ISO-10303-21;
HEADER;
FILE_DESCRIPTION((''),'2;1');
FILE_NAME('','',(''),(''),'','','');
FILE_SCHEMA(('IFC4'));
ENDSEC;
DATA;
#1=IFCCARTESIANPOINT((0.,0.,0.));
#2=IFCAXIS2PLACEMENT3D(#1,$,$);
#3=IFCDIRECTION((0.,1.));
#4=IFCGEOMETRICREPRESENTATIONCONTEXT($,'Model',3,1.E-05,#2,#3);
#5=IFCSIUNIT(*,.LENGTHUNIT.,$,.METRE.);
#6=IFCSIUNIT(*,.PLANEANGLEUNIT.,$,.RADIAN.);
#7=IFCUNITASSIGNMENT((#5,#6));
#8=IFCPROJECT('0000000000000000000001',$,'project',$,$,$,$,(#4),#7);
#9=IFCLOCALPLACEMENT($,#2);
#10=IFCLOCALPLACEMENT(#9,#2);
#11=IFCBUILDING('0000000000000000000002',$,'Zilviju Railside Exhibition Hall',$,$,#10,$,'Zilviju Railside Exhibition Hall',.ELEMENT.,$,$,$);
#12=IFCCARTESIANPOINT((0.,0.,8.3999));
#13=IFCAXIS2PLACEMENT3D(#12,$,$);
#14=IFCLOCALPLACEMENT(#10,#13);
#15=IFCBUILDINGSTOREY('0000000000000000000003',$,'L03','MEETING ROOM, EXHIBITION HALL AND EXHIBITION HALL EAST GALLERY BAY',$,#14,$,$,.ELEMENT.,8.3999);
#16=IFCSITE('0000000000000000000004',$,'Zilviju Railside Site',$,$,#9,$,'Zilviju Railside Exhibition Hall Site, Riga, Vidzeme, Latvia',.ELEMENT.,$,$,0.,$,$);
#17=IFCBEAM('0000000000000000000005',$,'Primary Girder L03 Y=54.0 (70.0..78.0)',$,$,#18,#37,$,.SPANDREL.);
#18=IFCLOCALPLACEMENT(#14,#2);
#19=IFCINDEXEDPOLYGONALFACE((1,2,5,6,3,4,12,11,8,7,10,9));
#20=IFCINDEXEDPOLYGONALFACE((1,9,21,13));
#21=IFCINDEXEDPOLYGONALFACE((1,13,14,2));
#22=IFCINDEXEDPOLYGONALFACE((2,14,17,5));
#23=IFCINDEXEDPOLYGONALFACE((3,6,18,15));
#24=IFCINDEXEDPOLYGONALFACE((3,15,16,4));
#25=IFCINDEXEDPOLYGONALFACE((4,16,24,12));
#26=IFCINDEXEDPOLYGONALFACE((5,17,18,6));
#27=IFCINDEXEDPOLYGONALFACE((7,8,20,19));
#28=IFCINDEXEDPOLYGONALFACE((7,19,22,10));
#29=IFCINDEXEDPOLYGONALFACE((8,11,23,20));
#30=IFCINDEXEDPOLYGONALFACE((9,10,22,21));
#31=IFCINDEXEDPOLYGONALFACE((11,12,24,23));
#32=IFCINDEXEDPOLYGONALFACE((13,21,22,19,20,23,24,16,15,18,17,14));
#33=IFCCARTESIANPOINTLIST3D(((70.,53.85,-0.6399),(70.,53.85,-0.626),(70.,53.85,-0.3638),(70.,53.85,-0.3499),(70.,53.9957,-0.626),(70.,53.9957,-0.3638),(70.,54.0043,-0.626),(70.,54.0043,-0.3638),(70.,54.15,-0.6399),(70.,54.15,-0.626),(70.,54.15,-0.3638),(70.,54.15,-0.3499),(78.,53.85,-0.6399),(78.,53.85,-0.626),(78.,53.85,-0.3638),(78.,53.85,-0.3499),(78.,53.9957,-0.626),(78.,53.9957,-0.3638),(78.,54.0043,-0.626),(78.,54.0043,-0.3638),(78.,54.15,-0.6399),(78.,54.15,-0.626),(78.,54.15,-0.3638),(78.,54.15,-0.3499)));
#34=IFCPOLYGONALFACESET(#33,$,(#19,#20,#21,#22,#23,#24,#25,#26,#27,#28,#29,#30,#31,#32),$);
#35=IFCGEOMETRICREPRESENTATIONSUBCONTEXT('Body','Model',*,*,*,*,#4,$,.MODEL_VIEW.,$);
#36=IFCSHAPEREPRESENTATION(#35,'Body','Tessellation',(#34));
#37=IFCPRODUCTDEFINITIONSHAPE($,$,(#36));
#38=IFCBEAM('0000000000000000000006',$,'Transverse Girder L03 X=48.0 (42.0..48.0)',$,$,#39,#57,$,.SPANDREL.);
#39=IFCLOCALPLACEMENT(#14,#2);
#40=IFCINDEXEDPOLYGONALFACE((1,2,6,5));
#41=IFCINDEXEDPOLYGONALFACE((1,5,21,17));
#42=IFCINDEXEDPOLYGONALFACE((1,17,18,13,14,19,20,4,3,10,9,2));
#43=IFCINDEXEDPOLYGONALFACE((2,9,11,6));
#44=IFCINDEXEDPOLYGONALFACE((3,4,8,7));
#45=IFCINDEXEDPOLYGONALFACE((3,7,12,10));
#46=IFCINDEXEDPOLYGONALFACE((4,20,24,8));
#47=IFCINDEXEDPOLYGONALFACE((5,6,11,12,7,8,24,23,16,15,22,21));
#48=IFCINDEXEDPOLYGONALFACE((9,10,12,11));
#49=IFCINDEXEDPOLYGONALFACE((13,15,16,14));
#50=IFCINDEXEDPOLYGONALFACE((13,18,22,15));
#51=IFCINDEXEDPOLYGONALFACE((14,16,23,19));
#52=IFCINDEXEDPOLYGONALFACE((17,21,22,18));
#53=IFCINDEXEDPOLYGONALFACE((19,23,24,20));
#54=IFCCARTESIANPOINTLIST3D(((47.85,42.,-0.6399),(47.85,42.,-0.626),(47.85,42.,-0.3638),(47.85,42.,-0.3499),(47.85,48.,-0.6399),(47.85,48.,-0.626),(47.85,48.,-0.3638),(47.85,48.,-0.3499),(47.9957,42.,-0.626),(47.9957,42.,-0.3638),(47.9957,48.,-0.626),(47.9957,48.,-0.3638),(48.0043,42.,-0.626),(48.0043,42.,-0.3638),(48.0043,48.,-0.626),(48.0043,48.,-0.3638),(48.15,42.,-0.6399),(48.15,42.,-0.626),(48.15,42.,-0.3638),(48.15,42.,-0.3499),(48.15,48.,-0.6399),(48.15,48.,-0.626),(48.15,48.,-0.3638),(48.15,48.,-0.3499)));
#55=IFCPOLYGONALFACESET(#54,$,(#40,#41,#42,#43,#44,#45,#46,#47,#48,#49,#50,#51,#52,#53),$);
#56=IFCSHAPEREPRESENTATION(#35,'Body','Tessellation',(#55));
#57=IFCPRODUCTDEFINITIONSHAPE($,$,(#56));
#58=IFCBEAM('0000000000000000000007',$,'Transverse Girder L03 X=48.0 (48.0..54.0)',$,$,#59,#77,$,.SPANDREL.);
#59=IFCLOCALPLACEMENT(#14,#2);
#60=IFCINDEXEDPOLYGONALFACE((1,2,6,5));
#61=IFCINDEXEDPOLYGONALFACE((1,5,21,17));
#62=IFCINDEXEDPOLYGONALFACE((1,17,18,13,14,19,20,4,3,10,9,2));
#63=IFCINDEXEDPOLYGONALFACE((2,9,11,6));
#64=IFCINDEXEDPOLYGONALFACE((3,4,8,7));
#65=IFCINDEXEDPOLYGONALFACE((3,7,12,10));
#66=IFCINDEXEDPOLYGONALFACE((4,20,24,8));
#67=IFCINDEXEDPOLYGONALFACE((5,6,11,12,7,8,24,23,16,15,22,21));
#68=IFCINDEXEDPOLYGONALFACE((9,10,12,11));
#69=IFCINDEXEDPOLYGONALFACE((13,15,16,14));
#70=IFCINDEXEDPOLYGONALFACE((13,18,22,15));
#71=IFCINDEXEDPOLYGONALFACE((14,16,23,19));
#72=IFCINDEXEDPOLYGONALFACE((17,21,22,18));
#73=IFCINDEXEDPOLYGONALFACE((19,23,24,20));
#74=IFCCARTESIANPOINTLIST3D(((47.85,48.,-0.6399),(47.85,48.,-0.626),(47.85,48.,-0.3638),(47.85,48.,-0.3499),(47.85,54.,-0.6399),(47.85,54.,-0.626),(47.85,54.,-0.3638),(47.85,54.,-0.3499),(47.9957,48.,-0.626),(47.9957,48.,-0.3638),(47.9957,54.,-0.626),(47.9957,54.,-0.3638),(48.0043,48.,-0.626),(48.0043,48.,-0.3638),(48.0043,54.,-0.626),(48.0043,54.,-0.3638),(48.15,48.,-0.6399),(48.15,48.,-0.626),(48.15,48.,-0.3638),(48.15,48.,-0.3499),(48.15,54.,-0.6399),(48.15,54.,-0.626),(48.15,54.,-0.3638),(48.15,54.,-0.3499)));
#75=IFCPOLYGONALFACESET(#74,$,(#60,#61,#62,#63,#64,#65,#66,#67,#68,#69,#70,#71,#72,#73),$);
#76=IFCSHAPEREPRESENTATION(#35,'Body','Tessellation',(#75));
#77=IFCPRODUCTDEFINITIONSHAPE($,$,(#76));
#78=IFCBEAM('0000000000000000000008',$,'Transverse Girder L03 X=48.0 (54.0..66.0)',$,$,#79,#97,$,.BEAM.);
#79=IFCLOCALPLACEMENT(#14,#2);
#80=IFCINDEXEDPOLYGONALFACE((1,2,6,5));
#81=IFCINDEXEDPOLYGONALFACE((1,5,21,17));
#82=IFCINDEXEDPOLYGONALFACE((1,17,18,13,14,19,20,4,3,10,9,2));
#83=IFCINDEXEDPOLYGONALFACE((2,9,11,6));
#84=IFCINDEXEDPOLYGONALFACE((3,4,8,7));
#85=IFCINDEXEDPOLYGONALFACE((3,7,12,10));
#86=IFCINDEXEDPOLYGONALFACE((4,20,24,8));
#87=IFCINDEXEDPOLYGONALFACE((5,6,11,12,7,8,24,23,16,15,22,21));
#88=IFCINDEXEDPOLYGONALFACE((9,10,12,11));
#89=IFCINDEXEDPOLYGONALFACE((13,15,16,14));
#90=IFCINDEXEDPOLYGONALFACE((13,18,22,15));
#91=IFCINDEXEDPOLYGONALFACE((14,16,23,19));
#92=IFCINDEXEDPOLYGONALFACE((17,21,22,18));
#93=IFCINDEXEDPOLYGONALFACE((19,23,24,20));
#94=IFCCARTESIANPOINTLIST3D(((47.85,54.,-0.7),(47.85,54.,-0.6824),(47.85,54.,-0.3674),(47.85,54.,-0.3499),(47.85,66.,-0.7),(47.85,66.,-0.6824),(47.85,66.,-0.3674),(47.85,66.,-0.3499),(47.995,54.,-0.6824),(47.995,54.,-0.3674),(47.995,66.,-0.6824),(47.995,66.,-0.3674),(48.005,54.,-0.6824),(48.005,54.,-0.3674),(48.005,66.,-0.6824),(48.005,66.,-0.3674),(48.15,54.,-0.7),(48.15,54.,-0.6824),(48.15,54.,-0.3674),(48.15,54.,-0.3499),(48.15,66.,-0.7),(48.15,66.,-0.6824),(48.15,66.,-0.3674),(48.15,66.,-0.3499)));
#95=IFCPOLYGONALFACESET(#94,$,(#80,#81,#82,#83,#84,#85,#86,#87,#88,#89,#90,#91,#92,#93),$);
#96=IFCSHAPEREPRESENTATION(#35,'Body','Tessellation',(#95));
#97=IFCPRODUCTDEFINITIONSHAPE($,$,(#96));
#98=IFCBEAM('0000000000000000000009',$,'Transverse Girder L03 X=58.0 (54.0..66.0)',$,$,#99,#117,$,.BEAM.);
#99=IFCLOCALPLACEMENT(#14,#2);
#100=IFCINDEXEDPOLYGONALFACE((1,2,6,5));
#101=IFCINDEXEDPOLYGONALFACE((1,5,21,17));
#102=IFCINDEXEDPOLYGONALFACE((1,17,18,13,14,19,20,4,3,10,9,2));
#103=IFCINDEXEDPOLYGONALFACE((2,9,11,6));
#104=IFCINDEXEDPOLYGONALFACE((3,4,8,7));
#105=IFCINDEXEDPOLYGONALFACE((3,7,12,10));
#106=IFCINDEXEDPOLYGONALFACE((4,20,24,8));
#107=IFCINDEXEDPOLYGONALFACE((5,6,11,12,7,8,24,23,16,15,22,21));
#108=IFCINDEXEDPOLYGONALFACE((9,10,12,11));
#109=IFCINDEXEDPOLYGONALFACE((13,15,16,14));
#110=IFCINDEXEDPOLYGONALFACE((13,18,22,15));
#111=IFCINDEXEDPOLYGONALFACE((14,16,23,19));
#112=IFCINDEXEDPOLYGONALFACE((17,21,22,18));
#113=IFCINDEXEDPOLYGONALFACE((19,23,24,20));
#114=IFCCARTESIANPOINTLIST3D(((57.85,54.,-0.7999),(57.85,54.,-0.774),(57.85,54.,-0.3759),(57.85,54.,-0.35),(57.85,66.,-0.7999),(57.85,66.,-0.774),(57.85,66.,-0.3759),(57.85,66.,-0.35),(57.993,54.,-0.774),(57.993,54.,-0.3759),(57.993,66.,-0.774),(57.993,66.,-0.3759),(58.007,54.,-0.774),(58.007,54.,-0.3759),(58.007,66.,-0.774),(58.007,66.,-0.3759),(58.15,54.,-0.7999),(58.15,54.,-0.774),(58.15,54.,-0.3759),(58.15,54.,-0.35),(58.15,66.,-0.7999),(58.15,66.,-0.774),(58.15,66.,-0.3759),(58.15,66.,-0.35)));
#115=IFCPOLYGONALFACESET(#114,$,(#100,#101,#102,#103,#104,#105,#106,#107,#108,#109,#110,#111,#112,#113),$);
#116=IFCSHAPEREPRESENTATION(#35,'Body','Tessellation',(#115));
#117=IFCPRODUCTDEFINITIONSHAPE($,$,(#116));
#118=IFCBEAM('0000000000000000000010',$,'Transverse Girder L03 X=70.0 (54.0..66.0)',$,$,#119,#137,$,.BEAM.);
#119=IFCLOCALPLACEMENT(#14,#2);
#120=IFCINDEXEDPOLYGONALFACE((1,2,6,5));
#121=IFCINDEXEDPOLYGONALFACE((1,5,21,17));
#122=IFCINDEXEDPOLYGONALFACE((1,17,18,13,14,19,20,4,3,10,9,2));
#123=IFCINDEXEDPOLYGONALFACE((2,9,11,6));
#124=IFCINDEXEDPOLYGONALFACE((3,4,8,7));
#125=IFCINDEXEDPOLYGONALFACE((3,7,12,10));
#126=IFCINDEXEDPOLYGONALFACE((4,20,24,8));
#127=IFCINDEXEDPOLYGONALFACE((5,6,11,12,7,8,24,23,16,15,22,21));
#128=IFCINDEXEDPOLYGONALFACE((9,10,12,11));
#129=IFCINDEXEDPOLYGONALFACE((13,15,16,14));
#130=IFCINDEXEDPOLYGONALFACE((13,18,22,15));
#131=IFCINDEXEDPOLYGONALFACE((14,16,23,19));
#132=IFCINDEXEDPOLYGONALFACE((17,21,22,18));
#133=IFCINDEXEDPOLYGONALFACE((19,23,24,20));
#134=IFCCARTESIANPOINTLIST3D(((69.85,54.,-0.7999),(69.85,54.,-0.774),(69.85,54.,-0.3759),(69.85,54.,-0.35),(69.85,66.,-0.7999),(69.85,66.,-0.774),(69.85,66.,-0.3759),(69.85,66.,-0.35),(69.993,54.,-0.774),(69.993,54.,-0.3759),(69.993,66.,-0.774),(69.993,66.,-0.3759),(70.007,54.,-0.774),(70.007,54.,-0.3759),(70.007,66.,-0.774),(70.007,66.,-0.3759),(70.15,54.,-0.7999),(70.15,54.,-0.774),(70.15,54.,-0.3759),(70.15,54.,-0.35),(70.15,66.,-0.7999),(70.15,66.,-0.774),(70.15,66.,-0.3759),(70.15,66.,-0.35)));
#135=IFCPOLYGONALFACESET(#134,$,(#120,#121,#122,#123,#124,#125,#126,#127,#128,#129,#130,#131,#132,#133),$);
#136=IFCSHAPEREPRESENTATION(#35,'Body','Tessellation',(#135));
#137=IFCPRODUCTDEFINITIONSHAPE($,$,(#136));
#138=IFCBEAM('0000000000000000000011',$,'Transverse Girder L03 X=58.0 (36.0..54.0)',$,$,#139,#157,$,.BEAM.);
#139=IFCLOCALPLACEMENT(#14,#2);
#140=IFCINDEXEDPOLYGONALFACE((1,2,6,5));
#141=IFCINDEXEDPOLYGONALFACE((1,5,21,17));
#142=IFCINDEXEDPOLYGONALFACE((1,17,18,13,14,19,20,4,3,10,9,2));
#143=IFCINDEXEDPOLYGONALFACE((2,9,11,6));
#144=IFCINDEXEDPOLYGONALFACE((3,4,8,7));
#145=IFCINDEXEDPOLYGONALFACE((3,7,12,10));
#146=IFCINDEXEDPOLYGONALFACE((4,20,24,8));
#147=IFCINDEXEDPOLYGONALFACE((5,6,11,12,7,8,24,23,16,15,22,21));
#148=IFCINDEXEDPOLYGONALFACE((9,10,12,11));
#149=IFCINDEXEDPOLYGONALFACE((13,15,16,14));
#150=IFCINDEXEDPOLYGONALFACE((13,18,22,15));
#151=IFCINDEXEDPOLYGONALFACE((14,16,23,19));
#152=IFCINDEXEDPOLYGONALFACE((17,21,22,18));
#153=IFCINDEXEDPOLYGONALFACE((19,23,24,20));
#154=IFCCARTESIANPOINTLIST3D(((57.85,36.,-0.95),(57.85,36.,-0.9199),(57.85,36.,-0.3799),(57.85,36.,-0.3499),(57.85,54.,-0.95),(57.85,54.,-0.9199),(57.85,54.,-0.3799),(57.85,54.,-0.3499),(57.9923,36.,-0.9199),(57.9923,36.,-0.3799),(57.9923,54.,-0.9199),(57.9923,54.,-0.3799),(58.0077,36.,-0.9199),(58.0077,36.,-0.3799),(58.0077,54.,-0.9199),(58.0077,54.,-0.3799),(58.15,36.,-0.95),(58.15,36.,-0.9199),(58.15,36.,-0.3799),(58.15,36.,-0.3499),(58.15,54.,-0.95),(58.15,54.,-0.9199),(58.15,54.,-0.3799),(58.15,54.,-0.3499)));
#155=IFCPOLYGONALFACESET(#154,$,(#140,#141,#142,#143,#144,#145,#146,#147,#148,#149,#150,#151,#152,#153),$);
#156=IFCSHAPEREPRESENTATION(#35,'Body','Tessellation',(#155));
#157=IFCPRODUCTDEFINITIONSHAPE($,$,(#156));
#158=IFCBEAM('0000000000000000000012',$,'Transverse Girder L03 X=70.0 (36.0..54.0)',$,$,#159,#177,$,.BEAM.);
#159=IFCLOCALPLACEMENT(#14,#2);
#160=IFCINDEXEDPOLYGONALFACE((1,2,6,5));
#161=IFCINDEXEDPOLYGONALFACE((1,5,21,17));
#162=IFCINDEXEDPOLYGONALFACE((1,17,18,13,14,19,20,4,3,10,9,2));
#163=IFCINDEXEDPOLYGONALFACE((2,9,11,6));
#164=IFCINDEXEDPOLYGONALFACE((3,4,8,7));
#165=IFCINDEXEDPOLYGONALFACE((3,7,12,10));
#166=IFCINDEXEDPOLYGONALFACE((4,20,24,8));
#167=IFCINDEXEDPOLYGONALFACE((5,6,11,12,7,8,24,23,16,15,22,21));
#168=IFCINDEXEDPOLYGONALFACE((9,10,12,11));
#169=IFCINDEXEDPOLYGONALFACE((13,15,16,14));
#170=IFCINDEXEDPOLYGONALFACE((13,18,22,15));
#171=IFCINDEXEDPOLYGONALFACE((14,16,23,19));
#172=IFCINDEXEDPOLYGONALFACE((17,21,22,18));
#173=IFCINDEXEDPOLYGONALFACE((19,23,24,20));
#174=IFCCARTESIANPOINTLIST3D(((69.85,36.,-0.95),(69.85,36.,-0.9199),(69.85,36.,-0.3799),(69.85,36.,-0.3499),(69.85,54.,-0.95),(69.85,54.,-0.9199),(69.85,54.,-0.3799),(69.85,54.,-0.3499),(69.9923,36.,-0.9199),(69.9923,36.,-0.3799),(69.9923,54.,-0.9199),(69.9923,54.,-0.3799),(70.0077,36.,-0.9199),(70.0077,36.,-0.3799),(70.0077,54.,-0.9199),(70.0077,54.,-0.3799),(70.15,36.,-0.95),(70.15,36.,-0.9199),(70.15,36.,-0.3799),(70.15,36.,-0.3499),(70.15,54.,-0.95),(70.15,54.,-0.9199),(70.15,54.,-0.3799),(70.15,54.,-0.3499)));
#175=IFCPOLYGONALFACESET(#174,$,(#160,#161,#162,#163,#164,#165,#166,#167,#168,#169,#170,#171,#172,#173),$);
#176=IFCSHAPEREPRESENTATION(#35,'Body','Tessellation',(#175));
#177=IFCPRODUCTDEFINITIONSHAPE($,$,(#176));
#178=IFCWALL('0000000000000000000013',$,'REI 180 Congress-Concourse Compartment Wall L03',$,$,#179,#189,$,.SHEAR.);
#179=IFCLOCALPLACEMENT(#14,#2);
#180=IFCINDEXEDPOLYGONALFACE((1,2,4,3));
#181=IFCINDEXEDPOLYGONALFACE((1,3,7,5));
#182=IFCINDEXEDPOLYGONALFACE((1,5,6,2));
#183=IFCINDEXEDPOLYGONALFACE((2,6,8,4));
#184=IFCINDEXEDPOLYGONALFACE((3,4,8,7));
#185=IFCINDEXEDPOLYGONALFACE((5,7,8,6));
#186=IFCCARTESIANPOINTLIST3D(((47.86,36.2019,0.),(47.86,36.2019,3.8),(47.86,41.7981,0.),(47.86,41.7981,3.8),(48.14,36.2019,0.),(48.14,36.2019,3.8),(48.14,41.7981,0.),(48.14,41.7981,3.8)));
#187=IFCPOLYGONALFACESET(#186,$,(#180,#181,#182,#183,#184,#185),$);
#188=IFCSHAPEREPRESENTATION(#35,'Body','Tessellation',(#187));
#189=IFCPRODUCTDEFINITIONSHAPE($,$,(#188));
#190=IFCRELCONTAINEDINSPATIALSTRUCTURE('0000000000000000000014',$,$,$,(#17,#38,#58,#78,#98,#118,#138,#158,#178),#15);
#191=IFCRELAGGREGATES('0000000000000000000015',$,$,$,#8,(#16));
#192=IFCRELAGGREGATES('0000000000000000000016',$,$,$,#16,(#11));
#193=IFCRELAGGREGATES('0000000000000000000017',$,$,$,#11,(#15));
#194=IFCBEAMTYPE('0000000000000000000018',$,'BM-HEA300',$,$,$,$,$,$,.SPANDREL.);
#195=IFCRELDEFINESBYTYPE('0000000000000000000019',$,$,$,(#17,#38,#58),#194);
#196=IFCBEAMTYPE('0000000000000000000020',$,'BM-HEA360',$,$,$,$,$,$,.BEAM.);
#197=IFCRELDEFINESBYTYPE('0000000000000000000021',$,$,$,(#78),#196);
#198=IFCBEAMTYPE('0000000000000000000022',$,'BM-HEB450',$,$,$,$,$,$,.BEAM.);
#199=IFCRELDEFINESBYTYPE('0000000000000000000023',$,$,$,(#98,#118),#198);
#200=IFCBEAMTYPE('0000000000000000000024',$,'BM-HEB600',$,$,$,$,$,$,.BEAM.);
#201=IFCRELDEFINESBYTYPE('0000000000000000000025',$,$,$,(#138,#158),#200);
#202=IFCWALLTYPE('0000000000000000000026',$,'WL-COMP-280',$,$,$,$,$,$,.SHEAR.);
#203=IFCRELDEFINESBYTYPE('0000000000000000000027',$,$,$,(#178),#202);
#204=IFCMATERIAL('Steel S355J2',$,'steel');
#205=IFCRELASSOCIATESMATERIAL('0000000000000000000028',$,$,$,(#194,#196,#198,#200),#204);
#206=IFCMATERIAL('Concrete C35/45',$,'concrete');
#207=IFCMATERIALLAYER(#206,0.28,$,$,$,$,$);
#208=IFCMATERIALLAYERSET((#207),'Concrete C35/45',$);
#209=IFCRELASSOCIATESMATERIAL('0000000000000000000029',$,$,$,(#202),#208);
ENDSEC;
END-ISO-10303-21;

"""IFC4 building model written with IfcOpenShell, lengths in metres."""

from ifc_helpers import new_model, si_unit, direction, frame, frame_2d, origin, origin_2d, place, context, subcontext, project, spatial, rectangle, i_section, extrude, material, layer, layer_set, material_profile, profile_set, type_object, element, save


model = new_model("IFC4")

# Units and contexts
model_context = context("Model", 3, precision=1e-05, world=origin(), true_north=direction((0.0, 1.0)))
body_context = subcontext(model_context, "Body", "Model", "MODEL_VIEW")
ifc_project = project(units=[si_unit("LENGTHUNIT", "METRE"), si_unit("PLANEANGLEUNIT", "RADIAN")], contexts=[model_context])

# Site, building, storey
site_placement = place(None, origin())
site = spatial("IfcSite", under=ifc_project, at=site_placement, Name="Zilviju Railside Site", LongName="Zilviju Railside Exhibition Hall Site, Riga, Vidzeme, Latvia", CompositionType="ELEMENT", RefElevation=0.0)
building_placement = place(site_placement, origin())
building = spatial("IfcBuilding", under=site, at=building_placement, Name="Zilviju Railside Exhibition Hall", LongName="Zilviju Railside Exhibition Hall", CompositionType="ELEMENT")
storey_placement = place(building_placement, frame((0.0, 0.0, 8.3999)))
storey = spatial("IfcBuildingStorey", under=building, at=storey_placement, Name="L03", Description="MEETING ROOM, EXHIBITION HALL AND EXHIBITION HALL EAST GALLERY BAY", CompositionType="ELEMENT", Elevation=8.3999)

# Shared definitions
ifc_material_1 = material(Name="Steel S355J2", Category="steel")

# Beams
ifc_material_profile_1 = material_profile(ifc_material_1, i_section(OverallWidth=0.3, OverallDepth=0.29, WebThickness=0.0085, FlangeThickness=0.0139, at=origin_2d()), Name="HEA 300")
ifc_profile_set_1 = profile_set([ifc_material_profile_1], Name="Steel S355J2")
beam_type_1 = type_object("IfcBeamType", Name="BM-HEA300", PredefinedType="SPANDREL", material=ifc_profile_set_1)
beam_1_placement = place(storey_placement, frame((70.0, 54.0, -0.4949), z_axis=(1.0, 0.0, 0.0), x_axis=(0.0, 1.0, 0.0)))
element("IfcBeam", 1, at=beam_1_placement, inside=storey, type_object=beam_type_1, Name="Primary Girder L03 Y=54.0 (70.0..78.0)", PredefinedType="SPANDREL", context=body_context, shape_type="SweptSolid", body=[
    extrude(i_section(OverallWidth=0.3, OverallDepth=0.29, WebThickness=0.0085, FlangeThickness=0.0139, at=origin_2d()), origin(), (0.0, 0.0, 1.0), 8.0),
])
for number, where, z_axis, x_axis, name in (
    (2, (48.0, 42.0, -0.4949), (0.0, 1.0, 0.0), (-1.0, 0.0, 0.0), "Transverse Girder L03 X=48.0 (42.0..48.0)"),
    (3, (48.0, 48.0, -0.4949), (0.0, 1.0, 0.0), (-1.0, 0.0, 0.0), "Transverse Girder L03 X=48.0 (48.0..54.0)"),
):
    element("IfcBeam", number, at=place(storey_placement, frame(where, z_axis=z_axis, x_axis=x_axis)), inside=storey, type_object=beam_type_1, Name=name, PredefinedType="SPANDREL", context=body_context, shape_type="SweptSolid", body=[
        extrude(i_section(OverallWidth=0.3, OverallDepth=0.29, WebThickness=0.0085, FlangeThickness=0.0139, at=origin_2d()), origin(), (0.0, 0.0, 1.0), 6.0),
    ])
ifc_material_profile_2 = material_profile(ifc_material_1, i_section(OverallWidth=0.3, OverallDepth=0.3501, WebThickness=0.01, FlangeThickness=0.0176, at=origin_2d()), Name="HEA 360")
ifc_profile_set_2 = profile_set([ifc_material_profile_2], Name="Steel S355J2")
beam_type_2 = type_object("IfcBeamType", Name="BM-HEA360", PredefinedType="BEAM", material=ifc_profile_set_2)
beam_2_placement = place(storey_placement, frame((48.0, 54.0, -0.5249), z_axis=(0.0, 1.0, 0.0), x_axis=(-1.0, 0.0, 0.0)))
element("IfcBeam", 4, at=beam_2_placement, inside=storey, type_object=beam_type_2, Name="Transverse Girder L03 X=48.0 (54.0..66.0)", PredefinedType="BEAM", context=body_context, shape_type="SweptSolid", body=[
    extrude(i_section(OverallWidth=0.3, OverallDepth=0.3501, WebThickness=0.01, FlangeThickness=0.0176, at=origin_2d()), origin(), (0.0, 0.0, 1.0), 12.0),
])
ifc_material_profile_3 = material_profile(ifc_material_1, i_section(OverallWidth=0.3, OverallDepth=0.45, WebThickness=0.0139, FlangeThickness=0.0259, at=origin_2d()), Name="HEB 450")
ifc_profile_set_3 = profile_set([ifc_material_profile_3], Name="Steel S355J2")
beam_type_3 = type_object("IfcBeamType", Name="BM-HEB450", PredefinedType="BEAM", material=ifc_profile_set_3)
for number, where, z_axis, x_axis, name in (
    (5, (58.0, 54.0, -0.575), (0.0, 1.0, 0.0), (-1.0, 0.0, 0.0), "Transverse Girder L03 X=58.0 (54.0..66.0)"),
    (6, (70.0, 54.0, -0.575), (0.0, 1.0, 0.0), (-1.0, 0.0, 0.0), "Transverse Girder L03 X=70.0 (54.0..66.0)"),
):
    element("IfcBeam", number, at=place(storey_placement, frame(where, z_axis=z_axis, x_axis=x_axis)), inside=storey, type_object=beam_type_3, Name=name, PredefinedType="BEAM", context=body_context, shape_type="SweptSolid", body=[
        extrude(i_section(OverallWidth=0.3, OverallDepth=0.45, WebThickness=0.0139, FlangeThickness=0.0259, at=origin_2d()), origin(), (0.0, 0.0, 1.0), 12.0),
    ])
ifc_material_profile_4 = material_profile(ifc_material_1, i_section(OverallWidth=0.3, OverallDepth=0.6001, WebThickness=0.0154, FlangeThickness=0.03, at=origin_2d()), Name="HEB 600")
ifc_profile_set_4 = profile_set([ifc_material_profile_4], Name="Steel S355J2")
beam_type_4 = type_object("IfcBeamType", Name="BM-HEB600", PredefinedType="BEAM", material=ifc_profile_set_4)
for number, where, z_axis, x_axis, name in (
    (7, (58.0, 36.0, -0.6499), (0.0, 1.0, 0.0), (-1.0, 0.0, 0.0), "Transverse Girder L03 X=58.0 (36.0..54.0)"),
    (8, (70.0, 36.0, -0.6499), (0.0, 1.0, 0.0), (-1.0, 0.0, 0.0), "Transverse Girder L03 X=70.0 (36.0..54.0)"),
):
    element("IfcBeam", number, at=place(storey_placement, frame(where, z_axis=z_axis, x_axis=x_axis)), inside=storey, type_object=beam_type_4, Name=name, PredefinedType="BEAM", context=body_context, shape_type="SweptSolid", body=[
        extrude(i_section(OverallWidth=0.3, OverallDepth=0.6001, WebThickness=0.0154, FlangeThickness=0.03, at=origin_2d()), origin(), (0.0, 0.0, 1.0), 18.0),
    ])

# Wall
ifc_material_2 = material(Name="Concrete C35/45", Category="concrete")
ifc_layer_1 = layer(ifc_material_2, 0.28)
ifc_layer_set_1 = layer_set([ifc_layer_1], Name="Concrete C35/45")
wall_type_1 = type_object("IfcWallType", Name="WL-COMP-280", PredefinedType="SHEAR", material=ifc_layer_set_1)
for number, where, z_axis, x_axis, name in (
    (9, (48.0, 36.2019, 0.0), (0.0, 0.0, 1.0), (0.0, 1.0, 0.0), "REI 180 Congress-Concourse Compartment Wall L03"),
):
    element("IfcWall", number, at=place(storey_placement, frame(where, z_axis=z_axis, x_axis=x_axis)), inside=storey, type_object=wall_type_1, Name=name, PredefinedType="SHEAR", context=body_context, shape_type="SweptSolid", body=[
        extrude(rectangle(XDim=5.5962, YDim=0.28, at=frame_2d((2.7981, 0.0))), origin(), (0.0, 0.0, 1.0), 3.8),
    ])

save(model, "model.ifc")
